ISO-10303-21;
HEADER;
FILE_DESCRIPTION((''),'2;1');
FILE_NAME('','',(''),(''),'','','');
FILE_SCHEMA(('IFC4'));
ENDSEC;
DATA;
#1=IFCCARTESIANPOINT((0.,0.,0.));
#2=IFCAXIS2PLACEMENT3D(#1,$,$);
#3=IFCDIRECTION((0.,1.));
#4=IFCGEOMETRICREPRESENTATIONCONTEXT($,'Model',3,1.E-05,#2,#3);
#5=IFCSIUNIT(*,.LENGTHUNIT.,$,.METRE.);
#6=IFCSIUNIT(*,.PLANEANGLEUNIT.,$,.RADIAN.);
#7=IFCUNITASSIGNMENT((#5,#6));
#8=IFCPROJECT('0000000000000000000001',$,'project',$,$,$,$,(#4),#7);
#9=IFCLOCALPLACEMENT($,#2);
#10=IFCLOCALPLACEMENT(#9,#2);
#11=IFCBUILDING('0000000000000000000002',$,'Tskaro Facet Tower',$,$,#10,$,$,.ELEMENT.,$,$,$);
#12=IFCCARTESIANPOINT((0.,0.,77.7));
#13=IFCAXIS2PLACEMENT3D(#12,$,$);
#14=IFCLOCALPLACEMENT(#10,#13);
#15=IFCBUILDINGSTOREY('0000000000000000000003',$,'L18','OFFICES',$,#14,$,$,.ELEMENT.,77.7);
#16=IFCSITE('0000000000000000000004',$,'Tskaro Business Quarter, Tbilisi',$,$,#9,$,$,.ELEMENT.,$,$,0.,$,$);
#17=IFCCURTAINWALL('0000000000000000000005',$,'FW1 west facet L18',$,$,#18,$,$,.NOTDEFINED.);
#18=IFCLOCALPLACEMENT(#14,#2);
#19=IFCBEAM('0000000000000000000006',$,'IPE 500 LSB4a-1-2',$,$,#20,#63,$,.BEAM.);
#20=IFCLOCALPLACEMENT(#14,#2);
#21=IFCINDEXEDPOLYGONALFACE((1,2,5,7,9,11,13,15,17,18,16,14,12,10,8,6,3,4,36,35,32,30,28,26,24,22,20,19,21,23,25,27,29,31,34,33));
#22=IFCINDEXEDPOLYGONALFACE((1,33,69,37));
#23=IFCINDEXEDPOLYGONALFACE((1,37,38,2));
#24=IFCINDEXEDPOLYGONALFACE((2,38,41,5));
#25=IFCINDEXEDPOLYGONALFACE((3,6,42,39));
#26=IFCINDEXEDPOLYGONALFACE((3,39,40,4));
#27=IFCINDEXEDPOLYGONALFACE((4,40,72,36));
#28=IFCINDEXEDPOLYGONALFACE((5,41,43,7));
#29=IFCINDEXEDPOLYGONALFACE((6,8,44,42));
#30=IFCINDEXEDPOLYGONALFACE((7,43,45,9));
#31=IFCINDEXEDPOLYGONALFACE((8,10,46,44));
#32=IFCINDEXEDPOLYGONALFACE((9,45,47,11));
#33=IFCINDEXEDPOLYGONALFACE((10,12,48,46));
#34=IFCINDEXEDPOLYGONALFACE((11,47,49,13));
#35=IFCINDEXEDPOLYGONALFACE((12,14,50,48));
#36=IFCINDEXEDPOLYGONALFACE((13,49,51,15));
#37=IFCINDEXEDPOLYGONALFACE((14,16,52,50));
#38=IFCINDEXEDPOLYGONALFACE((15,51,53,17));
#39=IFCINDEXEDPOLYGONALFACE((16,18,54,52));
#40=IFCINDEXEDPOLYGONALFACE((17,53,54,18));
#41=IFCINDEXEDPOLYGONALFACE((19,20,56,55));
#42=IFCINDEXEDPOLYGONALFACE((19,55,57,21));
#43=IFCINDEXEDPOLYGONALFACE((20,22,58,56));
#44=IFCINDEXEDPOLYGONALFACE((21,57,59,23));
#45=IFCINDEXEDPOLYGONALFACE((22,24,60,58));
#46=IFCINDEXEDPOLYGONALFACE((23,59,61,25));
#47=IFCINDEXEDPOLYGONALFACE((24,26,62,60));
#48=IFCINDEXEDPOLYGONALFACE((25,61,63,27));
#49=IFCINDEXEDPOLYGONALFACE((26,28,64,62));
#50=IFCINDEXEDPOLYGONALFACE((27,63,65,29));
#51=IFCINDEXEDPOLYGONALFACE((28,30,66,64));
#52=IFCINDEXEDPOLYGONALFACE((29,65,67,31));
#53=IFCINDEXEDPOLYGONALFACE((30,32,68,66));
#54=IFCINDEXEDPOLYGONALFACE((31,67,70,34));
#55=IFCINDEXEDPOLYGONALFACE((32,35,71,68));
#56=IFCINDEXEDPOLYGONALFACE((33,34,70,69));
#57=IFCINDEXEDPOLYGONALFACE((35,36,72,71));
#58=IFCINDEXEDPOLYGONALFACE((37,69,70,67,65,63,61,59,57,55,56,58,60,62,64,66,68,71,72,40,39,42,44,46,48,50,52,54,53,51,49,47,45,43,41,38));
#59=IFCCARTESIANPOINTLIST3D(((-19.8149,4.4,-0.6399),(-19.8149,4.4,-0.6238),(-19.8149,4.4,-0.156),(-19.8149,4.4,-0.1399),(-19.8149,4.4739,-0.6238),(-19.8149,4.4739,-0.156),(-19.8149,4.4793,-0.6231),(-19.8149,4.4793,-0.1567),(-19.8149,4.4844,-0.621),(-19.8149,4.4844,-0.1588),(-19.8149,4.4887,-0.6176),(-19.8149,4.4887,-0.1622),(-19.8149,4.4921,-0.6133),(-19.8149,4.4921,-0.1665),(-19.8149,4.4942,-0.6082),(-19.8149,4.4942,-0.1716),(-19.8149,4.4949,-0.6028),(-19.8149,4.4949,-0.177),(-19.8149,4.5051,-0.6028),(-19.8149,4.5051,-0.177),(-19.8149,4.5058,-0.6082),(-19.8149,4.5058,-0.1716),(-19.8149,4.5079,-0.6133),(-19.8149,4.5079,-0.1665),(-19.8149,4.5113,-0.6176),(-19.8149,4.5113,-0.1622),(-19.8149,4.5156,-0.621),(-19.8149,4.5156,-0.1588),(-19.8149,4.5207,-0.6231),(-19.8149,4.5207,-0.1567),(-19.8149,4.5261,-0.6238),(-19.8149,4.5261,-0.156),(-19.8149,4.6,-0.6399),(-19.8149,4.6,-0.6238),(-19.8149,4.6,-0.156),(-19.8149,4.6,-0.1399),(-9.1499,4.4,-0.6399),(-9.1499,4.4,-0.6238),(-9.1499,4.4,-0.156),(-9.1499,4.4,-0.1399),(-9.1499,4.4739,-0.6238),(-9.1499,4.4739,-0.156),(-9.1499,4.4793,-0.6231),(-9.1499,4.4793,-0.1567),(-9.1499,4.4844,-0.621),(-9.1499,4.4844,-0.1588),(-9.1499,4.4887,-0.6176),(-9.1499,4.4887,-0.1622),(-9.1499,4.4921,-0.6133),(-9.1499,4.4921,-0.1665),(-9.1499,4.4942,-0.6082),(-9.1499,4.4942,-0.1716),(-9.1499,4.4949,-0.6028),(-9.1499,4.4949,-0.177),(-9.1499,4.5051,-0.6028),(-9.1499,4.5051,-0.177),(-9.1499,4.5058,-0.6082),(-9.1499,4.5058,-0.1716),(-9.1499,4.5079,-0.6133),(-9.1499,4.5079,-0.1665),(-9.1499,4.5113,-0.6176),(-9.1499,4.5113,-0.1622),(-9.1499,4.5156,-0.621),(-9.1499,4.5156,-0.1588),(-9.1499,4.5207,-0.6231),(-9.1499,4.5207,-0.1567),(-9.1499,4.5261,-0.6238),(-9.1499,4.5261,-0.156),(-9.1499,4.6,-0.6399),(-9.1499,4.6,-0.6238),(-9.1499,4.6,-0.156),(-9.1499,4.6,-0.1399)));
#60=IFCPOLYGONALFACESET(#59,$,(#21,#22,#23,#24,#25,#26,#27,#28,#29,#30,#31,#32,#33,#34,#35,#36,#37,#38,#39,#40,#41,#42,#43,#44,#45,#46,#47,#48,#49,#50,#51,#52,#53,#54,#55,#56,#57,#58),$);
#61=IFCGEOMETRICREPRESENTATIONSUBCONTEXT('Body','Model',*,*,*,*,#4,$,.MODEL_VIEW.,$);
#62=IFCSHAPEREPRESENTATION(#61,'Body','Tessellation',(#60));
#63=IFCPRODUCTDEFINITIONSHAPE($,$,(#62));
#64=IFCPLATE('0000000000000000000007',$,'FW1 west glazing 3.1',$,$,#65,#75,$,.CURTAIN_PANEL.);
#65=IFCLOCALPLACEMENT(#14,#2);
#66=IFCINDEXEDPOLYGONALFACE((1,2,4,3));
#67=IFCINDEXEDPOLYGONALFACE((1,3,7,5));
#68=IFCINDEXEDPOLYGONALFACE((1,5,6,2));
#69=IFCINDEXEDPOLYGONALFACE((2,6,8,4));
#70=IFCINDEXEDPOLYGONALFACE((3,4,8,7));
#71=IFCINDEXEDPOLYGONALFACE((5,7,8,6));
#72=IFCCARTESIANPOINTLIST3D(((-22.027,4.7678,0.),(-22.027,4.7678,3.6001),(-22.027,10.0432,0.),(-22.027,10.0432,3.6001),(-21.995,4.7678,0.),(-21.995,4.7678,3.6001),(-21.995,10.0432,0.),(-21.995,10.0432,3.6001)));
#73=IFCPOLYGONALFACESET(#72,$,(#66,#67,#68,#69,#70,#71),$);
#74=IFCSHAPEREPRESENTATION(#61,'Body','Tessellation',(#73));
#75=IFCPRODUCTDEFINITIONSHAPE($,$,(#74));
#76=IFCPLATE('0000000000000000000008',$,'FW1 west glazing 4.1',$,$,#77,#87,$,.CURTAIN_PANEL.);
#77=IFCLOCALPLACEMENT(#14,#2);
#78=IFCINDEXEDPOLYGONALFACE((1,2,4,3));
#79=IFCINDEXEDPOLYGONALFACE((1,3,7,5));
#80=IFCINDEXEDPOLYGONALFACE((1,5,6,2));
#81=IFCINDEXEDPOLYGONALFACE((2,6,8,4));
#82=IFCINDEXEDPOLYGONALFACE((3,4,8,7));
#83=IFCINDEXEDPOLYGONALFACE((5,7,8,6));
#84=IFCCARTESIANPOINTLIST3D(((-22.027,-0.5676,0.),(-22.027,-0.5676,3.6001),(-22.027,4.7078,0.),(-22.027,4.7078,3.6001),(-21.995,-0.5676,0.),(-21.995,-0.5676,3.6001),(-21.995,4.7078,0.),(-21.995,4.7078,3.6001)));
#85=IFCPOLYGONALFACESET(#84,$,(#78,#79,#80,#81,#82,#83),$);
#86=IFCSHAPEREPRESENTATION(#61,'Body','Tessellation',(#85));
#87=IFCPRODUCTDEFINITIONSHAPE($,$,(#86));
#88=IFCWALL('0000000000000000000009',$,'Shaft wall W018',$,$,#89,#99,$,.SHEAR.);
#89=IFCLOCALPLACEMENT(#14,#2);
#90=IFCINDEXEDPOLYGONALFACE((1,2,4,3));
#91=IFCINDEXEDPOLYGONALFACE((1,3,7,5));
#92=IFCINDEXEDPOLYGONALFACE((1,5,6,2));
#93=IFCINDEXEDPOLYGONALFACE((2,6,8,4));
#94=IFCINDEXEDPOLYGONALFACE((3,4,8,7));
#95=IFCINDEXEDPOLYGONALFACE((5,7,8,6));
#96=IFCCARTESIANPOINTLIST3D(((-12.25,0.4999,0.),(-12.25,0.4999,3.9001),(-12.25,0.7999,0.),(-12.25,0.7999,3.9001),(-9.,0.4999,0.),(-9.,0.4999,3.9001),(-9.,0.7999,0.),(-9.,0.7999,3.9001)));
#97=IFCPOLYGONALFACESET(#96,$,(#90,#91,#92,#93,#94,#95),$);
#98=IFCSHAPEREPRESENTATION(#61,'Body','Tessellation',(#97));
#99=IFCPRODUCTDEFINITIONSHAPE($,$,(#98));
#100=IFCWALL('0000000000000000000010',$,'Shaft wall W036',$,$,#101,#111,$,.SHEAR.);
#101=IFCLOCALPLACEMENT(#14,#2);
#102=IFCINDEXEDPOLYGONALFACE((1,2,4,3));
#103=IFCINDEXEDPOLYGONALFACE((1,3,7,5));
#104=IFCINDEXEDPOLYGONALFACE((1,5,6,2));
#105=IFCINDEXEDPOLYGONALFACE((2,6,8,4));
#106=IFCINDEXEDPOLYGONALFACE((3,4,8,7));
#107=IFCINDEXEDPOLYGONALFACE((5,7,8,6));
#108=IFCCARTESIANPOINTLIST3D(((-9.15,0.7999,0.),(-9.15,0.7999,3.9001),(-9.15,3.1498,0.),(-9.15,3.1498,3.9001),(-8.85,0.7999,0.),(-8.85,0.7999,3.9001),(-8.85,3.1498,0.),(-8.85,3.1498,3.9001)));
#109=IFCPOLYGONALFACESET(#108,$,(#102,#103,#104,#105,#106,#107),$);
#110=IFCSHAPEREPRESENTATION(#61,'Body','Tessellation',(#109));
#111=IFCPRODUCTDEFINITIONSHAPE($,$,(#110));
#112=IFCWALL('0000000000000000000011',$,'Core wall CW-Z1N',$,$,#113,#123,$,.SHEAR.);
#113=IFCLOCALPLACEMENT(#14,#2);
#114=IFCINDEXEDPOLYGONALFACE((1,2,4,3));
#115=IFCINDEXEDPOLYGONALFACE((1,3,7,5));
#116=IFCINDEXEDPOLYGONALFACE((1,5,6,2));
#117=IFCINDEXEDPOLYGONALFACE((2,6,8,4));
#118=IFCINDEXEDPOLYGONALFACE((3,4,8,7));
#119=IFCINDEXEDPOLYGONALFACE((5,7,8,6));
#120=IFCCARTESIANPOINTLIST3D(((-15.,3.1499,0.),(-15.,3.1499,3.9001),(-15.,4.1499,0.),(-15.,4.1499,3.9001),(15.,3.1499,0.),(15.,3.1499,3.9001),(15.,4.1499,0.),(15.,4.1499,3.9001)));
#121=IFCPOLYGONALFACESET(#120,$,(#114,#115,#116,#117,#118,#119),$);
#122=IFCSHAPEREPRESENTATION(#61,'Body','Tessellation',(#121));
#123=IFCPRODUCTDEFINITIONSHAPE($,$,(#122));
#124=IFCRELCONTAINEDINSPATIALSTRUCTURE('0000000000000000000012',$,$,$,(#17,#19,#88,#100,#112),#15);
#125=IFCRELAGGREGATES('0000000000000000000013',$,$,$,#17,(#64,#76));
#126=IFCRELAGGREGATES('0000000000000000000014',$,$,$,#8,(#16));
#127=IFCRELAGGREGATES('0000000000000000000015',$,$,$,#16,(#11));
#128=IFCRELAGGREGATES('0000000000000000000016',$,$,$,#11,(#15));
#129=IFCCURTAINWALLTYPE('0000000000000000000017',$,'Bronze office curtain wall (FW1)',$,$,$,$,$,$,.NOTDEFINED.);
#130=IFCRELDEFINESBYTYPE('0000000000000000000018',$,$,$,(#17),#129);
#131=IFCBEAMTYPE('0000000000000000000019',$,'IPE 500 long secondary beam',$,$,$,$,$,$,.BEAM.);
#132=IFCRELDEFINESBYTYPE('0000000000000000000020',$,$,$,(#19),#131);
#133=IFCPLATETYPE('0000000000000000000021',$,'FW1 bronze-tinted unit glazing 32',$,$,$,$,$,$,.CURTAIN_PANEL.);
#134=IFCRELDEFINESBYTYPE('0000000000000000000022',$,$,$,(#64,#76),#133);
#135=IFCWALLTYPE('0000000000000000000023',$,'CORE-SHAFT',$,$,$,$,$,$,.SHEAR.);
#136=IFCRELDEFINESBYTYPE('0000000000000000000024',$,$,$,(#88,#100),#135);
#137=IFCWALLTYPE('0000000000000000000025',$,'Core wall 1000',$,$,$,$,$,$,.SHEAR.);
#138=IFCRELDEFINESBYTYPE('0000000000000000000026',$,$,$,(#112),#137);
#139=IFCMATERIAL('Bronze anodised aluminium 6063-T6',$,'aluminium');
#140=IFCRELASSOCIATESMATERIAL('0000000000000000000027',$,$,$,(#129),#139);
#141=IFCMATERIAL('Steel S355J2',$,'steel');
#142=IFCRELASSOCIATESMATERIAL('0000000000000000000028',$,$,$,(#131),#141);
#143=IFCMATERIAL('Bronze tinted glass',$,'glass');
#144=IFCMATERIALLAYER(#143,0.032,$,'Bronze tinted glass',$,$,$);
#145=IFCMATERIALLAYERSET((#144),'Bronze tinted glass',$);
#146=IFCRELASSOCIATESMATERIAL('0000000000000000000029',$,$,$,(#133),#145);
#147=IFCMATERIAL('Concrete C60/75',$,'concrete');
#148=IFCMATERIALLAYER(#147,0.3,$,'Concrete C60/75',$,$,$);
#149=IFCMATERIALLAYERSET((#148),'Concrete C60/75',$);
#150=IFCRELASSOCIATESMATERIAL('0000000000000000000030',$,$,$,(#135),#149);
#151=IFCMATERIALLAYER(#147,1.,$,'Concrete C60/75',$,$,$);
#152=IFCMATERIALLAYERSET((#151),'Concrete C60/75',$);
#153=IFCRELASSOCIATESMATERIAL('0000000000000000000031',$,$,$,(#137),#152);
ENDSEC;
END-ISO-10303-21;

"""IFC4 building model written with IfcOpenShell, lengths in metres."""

from ifc_helpers import new_model, si_unit, direction, frame, frame_2d, origin, origin_2d, place, context, subcontext, project, spatial, rectangle, i_section, extrude, material, layer, layer_set, material_profile, profile_set, type_object, element, aggregate, save


model = new_model("IFC4")

# Units and contexts
model_context = context("Model", 3, precision=1e-05, world=origin(), true_north=direction((0.0, 1.0)))
body_context = subcontext(model_context, "Body", "Model", "MODEL_VIEW")
ifc_project = project(units=[si_unit("LENGTHUNIT", "METRE"), si_unit("PLANEANGLEUNIT", "RADIAN")], contexts=[model_context])

# Site, building, storey
site_placement = place(None, origin())
site = spatial("IfcSite", under=ifc_project, at=site_placement, Name="Tskaro Business Quarter, Tbilisi", CompositionType="ELEMENT", RefElevation=0.0)
building_placement = place(site_placement, origin())
building = spatial("IfcBuilding", under=site, at=building_placement, Name="Tskaro Facet Tower", CompositionType="ELEMENT")
storey_placement = place(building_placement, frame((0.0, 0.0, 77.7)))
storey = spatial("IfcBuildingStorey", under=building, at=storey_placement, Name="L18", Description="OFFICES", CompositionType="ELEMENT", Elevation=77.7)

# Curtain wall
ifc_material_1 = material(Name="Bronze anodised aluminium 6063-T6", Category="aluminium")
curtain_wall_type = type_object("IfcCurtainWallType", Name="Bronze office curtain wall (FW1)", PredefinedType="NOTDEFINED", material=ifc_material_1)
curtain_wall_placement = place(storey_placement, origin())
curtain_wall = element("IfcCurtainWall", 1, at=curtain_wall_placement, inside=storey, type_object=curtain_wall_type, Name="FW1 west facet L18", PredefinedType="NOTDEFINED")

# Beam
ifc_material_2 = material(Name="Steel S355J2", Category="steel")
ifc_material_profile_1 = material_profile(ifc_material_2, i_section(OverallWidth=0.2, OverallDepth=0.5, WebThickness=0.0103, FlangeThickness=0.0161, FilletRadius=0.021, at=origin_2d()), Name="IPE 500")
ifc_profile_set_1 = profile_set([ifc_material_profile_1], Name="Steel S355J2")
beam_type_1 = type_object("IfcBeamType", Name="IPE 500 long secondary beam", PredefinedType="BEAM", material=ifc_profile_set_1)
beam_1_placement = place(storey_placement, frame((-19.8149, 4.5, -0.3899), z_axis=(1.0, 0.0, 0.0), x_axis=(0.0, 1.0, 0.0)))
element("IfcBeam", 2, at=beam_1_placement, inside=storey, type_object=beam_type_1, Name="IPE 500 LSB4a-1-2", PredefinedType="BEAM", context=body_context, shape_type="SweptSolid", body=[
    extrude(i_section(OverallWidth=0.2, OverallDepth=0.5, WebThickness=0.0103, FlangeThickness=0.0161, FilletRadius=0.021, at=origin_2d()), origin(), (0.0, 0.0, 1.0), 10.665),
])

# Plates
ifc_material_3 = material(Name="Bronze tinted glass", Category="glass")
ifc_layer_1 = layer(ifc_material_3, 0.032, Name="Bronze tinted glass")
ifc_layer_set_1 = layer_set([ifc_layer_1], Name="Bronze tinted glass")
plate_type = type_object("IfcPlateType", Name="FW1 bronze-tinted unit glazing 32", PredefinedType="CURTAIN_PANEL", material=ifc_layer_set_1)
plate_1_placement = place(storey_placement, frame((-22.011, 7.4055, 0.0), z_axis=(0.0, 0.0, 1.0), x_axis=(0.0, -1.0, 0.0)))
plate_1 = element("IfcPlate", 3, at=plate_1_placement, type_object=plate_type, Name="FW1 west glazing 3.1", PredefinedType="CURTAIN_PANEL", context=body_context, shape_type="SweptSolid", body=[
    extrude(rectangle(XDim=5.2754, YDim=0.032, at=origin_2d()), origin(), (0.0, 0.0, 1.0), 3.6001),
])
plate_2_placement = place(storey_placement, frame((-22.011, 2.0701, 0.0), z_axis=(0.0, 0.0, 1.0), x_axis=(0.0, -1.0, 0.0)))
plate_2 = element("IfcPlate", 4, at=plate_2_placement, type_object=plate_type, Name="FW1 west glazing 4.1", PredefinedType="CURTAIN_PANEL", context=body_context, shape_type="SweptSolid", body=[
    extrude(rectangle(XDim=5.2754, YDim=0.032, at=origin_2d()), origin(), (0.0, 0.0, 1.0), 3.6001),
])
aggregate(curtain_wall, [plate_1, plate_2])

# Walls
ifc_material_4 = material(Name="Concrete C60/75", Category="concrete")
ifc_layer_2 = layer(ifc_material_4, 0.3, Name="Concrete C60/75")
ifc_layer_set_2 = layer_set([ifc_layer_2], Name="Concrete C60/75")
wall_type_1 = type_object("IfcWallType", Name="CORE-SHAFT", PredefinedType="SHEAR", material=ifc_layer_set_2)
wall_1_placement = place(storey_placement, frame((-9.0, 0.6499, 0.0), z_axis=(0.0, 0.0, 1.0), x_axis=(-1.0, 0.0, 0.0)))
element("IfcWall", 5, at=wall_1_placement, inside=storey, type_object=wall_type_1, Name="Shaft wall W018", PredefinedType="SHEAR", context=body_context, shape_type="SweptSolid", body=[
    extrude(rectangle(XDim=3.25, YDim=0.3, at=frame_2d((1.625, 0.0))), origin(), (0.0, 0.0, 1.0), 3.9001),
])
wall_2_placement = place(storey_placement, frame((-9.0, 0.8, 0.0), z_axis=(0.0, 0.0, 1.0), x_axis=(0.0, 1.0, 0.0)))
element("IfcWall", 6, at=wall_2_placement, inside=storey, type_object=wall_type_1, Name="Shaft wall W036", PredefinedType="SHEAR", context=body_context, shape_type="SweptSolid", body=[
    extrude(rectangle(XDim=2.3499, YDim=0.3, at=frame_2d((1.1748, 0.0))), origin(), (0.0, 0.0, 1.0), 3.9001),
])
ifc_layer_3 = layer(ifc_material_4, 1.0, Name="Concrete C60/75")
ifc_layer_set_3 = layer_set([ifc_layer_3], Name="Concrete C60/75")
wall_type_2 = type_object("IfcWallType", Name="Core wall 1000", PredefinedType="SHEAR", material=ifc_layer_set_3)
wall_3_placement = place(storey_placement, frame((-15.0, 3.6499, 0.0), z_axis=(0.0, 0.0, 1.0), x_axis=(1.0, 0.0, 0.0)))
element("IfcWall", 7, at=wall_3_placement, inside=storey, type_object=wall_type_2, Name="Core wall CW-Z1N", PredefinedType="SHEAR", context=body_context, shape_type="SweptSolid", body=[
    extrude(rectangle(XDim=30.0, YDim=1.0, at=frame_2d((15.0, 0.0))), origin(), (0.0, 0.0, 1.0), 3.9001),
])

save(model, "model.ifc")
